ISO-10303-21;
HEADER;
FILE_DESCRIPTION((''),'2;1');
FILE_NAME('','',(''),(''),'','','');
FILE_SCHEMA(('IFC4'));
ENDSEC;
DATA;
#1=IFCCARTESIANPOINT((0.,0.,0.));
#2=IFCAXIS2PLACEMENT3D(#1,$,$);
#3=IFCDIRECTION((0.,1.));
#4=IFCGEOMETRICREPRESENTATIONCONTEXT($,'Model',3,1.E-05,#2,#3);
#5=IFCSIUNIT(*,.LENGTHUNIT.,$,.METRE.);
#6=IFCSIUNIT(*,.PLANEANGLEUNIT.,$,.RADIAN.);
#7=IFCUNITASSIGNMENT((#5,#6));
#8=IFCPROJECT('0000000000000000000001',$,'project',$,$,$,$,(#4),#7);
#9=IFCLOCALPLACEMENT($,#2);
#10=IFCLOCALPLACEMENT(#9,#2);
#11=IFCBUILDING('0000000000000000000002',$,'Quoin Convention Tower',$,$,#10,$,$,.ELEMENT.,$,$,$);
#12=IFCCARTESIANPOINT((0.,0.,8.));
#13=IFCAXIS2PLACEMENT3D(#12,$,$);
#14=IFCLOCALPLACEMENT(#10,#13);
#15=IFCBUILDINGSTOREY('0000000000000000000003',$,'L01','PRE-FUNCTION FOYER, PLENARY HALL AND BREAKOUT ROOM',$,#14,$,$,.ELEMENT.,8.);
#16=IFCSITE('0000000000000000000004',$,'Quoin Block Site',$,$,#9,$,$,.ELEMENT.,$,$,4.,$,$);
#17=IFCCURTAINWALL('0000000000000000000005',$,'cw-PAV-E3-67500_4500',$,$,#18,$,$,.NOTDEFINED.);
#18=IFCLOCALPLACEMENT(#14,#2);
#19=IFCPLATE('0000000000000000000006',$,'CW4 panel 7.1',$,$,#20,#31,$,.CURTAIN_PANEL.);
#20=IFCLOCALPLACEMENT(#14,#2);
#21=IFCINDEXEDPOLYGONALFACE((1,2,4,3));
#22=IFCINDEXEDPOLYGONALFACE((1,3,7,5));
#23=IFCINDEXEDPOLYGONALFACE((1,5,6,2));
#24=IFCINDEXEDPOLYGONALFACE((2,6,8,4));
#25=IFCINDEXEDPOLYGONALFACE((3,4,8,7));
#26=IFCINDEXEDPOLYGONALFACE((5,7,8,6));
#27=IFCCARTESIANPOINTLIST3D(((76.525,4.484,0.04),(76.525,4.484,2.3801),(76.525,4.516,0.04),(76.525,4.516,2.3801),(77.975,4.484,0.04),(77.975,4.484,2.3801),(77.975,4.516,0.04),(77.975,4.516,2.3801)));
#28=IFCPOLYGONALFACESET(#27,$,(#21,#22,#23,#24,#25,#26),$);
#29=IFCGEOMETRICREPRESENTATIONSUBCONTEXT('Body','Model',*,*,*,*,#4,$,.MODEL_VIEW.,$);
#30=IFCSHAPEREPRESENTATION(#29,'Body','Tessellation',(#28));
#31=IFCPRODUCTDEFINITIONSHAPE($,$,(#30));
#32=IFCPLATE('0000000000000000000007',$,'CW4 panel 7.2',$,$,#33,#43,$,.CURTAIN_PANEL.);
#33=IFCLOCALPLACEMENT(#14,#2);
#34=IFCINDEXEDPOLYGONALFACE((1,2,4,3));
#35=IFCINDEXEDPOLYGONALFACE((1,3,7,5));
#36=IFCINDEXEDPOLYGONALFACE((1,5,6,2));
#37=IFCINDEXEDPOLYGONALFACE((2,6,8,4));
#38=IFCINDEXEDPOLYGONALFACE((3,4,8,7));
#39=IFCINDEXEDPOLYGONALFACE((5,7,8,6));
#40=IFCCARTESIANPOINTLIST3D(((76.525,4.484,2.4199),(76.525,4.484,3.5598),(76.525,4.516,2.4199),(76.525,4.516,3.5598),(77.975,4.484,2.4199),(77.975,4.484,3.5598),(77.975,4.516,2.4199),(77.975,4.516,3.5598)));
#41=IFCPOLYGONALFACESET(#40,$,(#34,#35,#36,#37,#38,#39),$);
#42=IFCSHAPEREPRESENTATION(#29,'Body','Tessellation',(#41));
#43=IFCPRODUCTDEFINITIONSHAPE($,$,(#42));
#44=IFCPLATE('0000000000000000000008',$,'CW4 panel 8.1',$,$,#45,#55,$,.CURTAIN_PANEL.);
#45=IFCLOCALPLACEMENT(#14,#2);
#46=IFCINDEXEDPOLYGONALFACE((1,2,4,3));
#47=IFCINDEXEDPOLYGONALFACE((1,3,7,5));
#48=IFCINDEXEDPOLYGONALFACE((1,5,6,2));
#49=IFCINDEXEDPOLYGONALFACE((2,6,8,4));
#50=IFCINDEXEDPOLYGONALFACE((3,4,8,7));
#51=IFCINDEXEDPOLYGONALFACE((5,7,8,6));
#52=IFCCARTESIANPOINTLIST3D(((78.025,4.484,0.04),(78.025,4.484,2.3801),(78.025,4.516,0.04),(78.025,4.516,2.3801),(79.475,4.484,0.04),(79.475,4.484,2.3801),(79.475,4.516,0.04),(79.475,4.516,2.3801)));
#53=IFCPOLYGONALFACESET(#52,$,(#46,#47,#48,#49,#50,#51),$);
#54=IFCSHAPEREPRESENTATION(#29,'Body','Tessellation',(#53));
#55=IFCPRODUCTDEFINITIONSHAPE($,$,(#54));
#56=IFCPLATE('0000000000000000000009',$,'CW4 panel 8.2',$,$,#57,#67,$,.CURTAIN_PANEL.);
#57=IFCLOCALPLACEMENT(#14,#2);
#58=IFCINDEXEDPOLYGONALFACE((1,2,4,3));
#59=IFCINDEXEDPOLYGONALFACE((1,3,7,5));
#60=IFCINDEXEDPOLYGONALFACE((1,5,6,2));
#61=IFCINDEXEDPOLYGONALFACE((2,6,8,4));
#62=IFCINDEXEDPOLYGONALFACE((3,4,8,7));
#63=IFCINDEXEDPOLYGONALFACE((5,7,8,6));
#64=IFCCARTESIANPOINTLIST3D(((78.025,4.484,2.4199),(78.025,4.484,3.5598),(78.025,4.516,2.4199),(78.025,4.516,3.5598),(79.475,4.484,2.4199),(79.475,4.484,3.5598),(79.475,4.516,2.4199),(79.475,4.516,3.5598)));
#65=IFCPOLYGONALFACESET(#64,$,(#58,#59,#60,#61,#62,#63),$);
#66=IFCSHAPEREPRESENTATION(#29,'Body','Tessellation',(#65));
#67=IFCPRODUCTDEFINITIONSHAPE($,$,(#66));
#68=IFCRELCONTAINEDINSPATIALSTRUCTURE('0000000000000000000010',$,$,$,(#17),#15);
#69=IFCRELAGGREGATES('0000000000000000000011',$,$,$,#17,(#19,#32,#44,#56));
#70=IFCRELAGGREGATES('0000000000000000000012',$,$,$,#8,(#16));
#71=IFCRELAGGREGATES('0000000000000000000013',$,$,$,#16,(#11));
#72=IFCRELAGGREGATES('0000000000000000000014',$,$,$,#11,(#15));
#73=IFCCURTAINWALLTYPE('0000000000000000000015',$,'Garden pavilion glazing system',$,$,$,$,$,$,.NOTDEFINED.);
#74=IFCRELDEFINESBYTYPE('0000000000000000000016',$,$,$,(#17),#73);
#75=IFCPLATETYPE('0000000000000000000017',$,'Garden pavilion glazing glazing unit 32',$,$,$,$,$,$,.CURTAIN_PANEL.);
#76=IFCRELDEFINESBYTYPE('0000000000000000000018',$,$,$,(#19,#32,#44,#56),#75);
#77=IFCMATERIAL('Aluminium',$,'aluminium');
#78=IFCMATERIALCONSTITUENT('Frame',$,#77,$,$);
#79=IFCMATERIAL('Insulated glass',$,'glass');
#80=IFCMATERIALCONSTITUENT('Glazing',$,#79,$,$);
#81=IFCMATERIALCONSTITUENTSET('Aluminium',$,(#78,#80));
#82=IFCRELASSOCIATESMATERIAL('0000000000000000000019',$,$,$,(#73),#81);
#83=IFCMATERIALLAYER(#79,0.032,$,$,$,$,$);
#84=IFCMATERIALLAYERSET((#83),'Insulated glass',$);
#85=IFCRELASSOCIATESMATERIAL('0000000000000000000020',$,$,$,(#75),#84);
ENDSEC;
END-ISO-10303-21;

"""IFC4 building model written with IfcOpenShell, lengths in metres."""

from ifc_helpers import new_model, si_unit, direction, frame, origin, origin_2d, place, context, subcontext, project, spatial, rectangle, extrude, material, layer, layer_set, constituent, constituent_set, type_object, element, aggregate, save


model = new_model("IFC4")

# Units and contexts
model_context = context("Model", 3, precision=1e-05, world=origin(), true_north=direction((0.0, 1.0)))
body_context = subcontext(model_context, "Body", "Model", "MODEL_VIEW")
ifc_project = project(units=[si_unit("LENGTHUNIT", "METRE"), si_unit("PLANEANGLEUNIT", "RADIAN")], contexts=[model_context])

# Site, building, storey
site_placement = place(None, origin())
site = spatial("IfcSite", under=ifc_project, at=site_placement, Name="Quoin Block Site", CompositionType="ELEMENT", RefElevation=4.0)
building_placement = place(site_placement, origin())
building = spatial("IfcBuilding", under=site, at=building_placement, Name="Quoin Convention Tower", CompositionType="ELEMENT")
storey_placement = place(building_placement, frame((0.0, 0.0, 8.0)))
storey = spatial("IfcBuildingStorey", under=building, at=storey_placement, Name="L01", Description="PRE-FUNCTION FOYER, PLENARY HALL AND BREAKOUT ROOM", CompositionType="ELEMENT", Elevation=8.0)

# Curtain wall
ifc_material_1 = material(Name="Aluminium", Category="aluminium")
ifc_constituent_1 = constituent(ifc_material_1, Name="Frame")
ifc_material_2 = material(Name="Insulated glass", Category="glass")
ifc_constituent_2 = constituent(ifc_material_2, Name="Glazing")
ifc_constituent_set = constituent_set(constituents=[ifc_constituent_1, ifc_constituent_2], Name="Aluminium")
curtain_wall_type = type_object("IfcCurtainWallType", Name="Garden pavilion glazing system", PredefinedType="NOTDEFINED", material=ifc_constituent_set)
curtain_wall_placement = place(storey_placement, origin())
curtain_wall = element("IfcCurtainWall", 1, at=curtain_wall_placement, inside=storey, type_object=curtain_wall_type, Name="cw-PAV-E3-67500_4500", PredefinedType="NOTDEFINED")

# Plates
ifc_layer = layer(ifc_material_2, 0.032)
ifc_layer_set = layer_set([ifc_layer], Name="Insulated glass")
plate_type = type_object("IfcPlateType", Name="Garden pavilion glazing glazing unit 32", PredefinedType="CURTAIN_PANEL", material=ifc_layer_set)
plate_1_placement = place(storey_placement, frame((77.25, 4.5, 0.04), z_axis=(0.0, 0.0, 1.0), x_axis=(1.0, 0.0, 0.0)))
plate_1 = element("IfcPlate", 2, at=plate_1_placement, type_object=plate_type, Name="CW4 panel 7.1", PredefinedType="CURTAIN_PANEL", context=body_context, shape_type="SweptSolid", body=[
    extrude(rectangle(XDim=1.45, YDim=0.032, at=origin_2d()), origin(), (0.0, 0.0, 1.0), 2.3401),
])
plate_2_placement = place(storey_placement, frame((77.25, 4.5, 2.4199), z_axis=(0.0, 0.0, 1.0), x_axis=(1.0, 0.0, 0.0)))
plate_2 = element("IfcPlate", 3, at=plate_2_placement, type_object=plate_type, Name="CW4 panel 7.2", PredefinedType="CURTAIN_PANEL", context=body_context, shape_type="SweptSolid", body=[
    extrude(rectangle(XDim=1.45, YDim=0.032, at=origin_2d()), origin(), (0.0, 0.0, 1.0), 1.1399),
])
plate_3_placement = place(storey_placement, frame((78.75, 4.5, 0.04), z_axis=(0.0, 0.0, 1.0), x_axis=(1.0, 0.0, 0.0)))
plate_3 = element("IfcPlate", 4, at=plate_3_placement, type_object=plate_type, Name="CW4 panel 8.1", PredefinedType="CURTAIN_PANEL", context=body_context, shape_type="SweptSolid", body=[
    extrude(rectangle(XDim=1.45, YDim=0.032, at=origin_2d()), origin(), (0.0, 0.0, 1.0), 2.3401),
])
plate_4_placement = place(storey_placement, frame((78.75, 4.5, 2.4199), z_axis=(0.0, 0.0, 1.0), x_axis=(1.0, 0.0, 0.0)))
plate_4 = element("IfcPlate", 5, at=plate_4_placement, type_object=plate_type, Name="CW4 panel 8.2", PredefinedType="CURTAIN_PANEL", context=body_context, shape_type="SweptSolid", body=[
    extrude(rectangle(XDim=1.45, YDim=0.032, at=origin_2d()), origin(), (0.0, 0.0, 1.0), 1.1399),
])
aggregate(curtain_wall, [plate_1, plate_2, plate_3, plate_4])

save(model, "model.ifc")
